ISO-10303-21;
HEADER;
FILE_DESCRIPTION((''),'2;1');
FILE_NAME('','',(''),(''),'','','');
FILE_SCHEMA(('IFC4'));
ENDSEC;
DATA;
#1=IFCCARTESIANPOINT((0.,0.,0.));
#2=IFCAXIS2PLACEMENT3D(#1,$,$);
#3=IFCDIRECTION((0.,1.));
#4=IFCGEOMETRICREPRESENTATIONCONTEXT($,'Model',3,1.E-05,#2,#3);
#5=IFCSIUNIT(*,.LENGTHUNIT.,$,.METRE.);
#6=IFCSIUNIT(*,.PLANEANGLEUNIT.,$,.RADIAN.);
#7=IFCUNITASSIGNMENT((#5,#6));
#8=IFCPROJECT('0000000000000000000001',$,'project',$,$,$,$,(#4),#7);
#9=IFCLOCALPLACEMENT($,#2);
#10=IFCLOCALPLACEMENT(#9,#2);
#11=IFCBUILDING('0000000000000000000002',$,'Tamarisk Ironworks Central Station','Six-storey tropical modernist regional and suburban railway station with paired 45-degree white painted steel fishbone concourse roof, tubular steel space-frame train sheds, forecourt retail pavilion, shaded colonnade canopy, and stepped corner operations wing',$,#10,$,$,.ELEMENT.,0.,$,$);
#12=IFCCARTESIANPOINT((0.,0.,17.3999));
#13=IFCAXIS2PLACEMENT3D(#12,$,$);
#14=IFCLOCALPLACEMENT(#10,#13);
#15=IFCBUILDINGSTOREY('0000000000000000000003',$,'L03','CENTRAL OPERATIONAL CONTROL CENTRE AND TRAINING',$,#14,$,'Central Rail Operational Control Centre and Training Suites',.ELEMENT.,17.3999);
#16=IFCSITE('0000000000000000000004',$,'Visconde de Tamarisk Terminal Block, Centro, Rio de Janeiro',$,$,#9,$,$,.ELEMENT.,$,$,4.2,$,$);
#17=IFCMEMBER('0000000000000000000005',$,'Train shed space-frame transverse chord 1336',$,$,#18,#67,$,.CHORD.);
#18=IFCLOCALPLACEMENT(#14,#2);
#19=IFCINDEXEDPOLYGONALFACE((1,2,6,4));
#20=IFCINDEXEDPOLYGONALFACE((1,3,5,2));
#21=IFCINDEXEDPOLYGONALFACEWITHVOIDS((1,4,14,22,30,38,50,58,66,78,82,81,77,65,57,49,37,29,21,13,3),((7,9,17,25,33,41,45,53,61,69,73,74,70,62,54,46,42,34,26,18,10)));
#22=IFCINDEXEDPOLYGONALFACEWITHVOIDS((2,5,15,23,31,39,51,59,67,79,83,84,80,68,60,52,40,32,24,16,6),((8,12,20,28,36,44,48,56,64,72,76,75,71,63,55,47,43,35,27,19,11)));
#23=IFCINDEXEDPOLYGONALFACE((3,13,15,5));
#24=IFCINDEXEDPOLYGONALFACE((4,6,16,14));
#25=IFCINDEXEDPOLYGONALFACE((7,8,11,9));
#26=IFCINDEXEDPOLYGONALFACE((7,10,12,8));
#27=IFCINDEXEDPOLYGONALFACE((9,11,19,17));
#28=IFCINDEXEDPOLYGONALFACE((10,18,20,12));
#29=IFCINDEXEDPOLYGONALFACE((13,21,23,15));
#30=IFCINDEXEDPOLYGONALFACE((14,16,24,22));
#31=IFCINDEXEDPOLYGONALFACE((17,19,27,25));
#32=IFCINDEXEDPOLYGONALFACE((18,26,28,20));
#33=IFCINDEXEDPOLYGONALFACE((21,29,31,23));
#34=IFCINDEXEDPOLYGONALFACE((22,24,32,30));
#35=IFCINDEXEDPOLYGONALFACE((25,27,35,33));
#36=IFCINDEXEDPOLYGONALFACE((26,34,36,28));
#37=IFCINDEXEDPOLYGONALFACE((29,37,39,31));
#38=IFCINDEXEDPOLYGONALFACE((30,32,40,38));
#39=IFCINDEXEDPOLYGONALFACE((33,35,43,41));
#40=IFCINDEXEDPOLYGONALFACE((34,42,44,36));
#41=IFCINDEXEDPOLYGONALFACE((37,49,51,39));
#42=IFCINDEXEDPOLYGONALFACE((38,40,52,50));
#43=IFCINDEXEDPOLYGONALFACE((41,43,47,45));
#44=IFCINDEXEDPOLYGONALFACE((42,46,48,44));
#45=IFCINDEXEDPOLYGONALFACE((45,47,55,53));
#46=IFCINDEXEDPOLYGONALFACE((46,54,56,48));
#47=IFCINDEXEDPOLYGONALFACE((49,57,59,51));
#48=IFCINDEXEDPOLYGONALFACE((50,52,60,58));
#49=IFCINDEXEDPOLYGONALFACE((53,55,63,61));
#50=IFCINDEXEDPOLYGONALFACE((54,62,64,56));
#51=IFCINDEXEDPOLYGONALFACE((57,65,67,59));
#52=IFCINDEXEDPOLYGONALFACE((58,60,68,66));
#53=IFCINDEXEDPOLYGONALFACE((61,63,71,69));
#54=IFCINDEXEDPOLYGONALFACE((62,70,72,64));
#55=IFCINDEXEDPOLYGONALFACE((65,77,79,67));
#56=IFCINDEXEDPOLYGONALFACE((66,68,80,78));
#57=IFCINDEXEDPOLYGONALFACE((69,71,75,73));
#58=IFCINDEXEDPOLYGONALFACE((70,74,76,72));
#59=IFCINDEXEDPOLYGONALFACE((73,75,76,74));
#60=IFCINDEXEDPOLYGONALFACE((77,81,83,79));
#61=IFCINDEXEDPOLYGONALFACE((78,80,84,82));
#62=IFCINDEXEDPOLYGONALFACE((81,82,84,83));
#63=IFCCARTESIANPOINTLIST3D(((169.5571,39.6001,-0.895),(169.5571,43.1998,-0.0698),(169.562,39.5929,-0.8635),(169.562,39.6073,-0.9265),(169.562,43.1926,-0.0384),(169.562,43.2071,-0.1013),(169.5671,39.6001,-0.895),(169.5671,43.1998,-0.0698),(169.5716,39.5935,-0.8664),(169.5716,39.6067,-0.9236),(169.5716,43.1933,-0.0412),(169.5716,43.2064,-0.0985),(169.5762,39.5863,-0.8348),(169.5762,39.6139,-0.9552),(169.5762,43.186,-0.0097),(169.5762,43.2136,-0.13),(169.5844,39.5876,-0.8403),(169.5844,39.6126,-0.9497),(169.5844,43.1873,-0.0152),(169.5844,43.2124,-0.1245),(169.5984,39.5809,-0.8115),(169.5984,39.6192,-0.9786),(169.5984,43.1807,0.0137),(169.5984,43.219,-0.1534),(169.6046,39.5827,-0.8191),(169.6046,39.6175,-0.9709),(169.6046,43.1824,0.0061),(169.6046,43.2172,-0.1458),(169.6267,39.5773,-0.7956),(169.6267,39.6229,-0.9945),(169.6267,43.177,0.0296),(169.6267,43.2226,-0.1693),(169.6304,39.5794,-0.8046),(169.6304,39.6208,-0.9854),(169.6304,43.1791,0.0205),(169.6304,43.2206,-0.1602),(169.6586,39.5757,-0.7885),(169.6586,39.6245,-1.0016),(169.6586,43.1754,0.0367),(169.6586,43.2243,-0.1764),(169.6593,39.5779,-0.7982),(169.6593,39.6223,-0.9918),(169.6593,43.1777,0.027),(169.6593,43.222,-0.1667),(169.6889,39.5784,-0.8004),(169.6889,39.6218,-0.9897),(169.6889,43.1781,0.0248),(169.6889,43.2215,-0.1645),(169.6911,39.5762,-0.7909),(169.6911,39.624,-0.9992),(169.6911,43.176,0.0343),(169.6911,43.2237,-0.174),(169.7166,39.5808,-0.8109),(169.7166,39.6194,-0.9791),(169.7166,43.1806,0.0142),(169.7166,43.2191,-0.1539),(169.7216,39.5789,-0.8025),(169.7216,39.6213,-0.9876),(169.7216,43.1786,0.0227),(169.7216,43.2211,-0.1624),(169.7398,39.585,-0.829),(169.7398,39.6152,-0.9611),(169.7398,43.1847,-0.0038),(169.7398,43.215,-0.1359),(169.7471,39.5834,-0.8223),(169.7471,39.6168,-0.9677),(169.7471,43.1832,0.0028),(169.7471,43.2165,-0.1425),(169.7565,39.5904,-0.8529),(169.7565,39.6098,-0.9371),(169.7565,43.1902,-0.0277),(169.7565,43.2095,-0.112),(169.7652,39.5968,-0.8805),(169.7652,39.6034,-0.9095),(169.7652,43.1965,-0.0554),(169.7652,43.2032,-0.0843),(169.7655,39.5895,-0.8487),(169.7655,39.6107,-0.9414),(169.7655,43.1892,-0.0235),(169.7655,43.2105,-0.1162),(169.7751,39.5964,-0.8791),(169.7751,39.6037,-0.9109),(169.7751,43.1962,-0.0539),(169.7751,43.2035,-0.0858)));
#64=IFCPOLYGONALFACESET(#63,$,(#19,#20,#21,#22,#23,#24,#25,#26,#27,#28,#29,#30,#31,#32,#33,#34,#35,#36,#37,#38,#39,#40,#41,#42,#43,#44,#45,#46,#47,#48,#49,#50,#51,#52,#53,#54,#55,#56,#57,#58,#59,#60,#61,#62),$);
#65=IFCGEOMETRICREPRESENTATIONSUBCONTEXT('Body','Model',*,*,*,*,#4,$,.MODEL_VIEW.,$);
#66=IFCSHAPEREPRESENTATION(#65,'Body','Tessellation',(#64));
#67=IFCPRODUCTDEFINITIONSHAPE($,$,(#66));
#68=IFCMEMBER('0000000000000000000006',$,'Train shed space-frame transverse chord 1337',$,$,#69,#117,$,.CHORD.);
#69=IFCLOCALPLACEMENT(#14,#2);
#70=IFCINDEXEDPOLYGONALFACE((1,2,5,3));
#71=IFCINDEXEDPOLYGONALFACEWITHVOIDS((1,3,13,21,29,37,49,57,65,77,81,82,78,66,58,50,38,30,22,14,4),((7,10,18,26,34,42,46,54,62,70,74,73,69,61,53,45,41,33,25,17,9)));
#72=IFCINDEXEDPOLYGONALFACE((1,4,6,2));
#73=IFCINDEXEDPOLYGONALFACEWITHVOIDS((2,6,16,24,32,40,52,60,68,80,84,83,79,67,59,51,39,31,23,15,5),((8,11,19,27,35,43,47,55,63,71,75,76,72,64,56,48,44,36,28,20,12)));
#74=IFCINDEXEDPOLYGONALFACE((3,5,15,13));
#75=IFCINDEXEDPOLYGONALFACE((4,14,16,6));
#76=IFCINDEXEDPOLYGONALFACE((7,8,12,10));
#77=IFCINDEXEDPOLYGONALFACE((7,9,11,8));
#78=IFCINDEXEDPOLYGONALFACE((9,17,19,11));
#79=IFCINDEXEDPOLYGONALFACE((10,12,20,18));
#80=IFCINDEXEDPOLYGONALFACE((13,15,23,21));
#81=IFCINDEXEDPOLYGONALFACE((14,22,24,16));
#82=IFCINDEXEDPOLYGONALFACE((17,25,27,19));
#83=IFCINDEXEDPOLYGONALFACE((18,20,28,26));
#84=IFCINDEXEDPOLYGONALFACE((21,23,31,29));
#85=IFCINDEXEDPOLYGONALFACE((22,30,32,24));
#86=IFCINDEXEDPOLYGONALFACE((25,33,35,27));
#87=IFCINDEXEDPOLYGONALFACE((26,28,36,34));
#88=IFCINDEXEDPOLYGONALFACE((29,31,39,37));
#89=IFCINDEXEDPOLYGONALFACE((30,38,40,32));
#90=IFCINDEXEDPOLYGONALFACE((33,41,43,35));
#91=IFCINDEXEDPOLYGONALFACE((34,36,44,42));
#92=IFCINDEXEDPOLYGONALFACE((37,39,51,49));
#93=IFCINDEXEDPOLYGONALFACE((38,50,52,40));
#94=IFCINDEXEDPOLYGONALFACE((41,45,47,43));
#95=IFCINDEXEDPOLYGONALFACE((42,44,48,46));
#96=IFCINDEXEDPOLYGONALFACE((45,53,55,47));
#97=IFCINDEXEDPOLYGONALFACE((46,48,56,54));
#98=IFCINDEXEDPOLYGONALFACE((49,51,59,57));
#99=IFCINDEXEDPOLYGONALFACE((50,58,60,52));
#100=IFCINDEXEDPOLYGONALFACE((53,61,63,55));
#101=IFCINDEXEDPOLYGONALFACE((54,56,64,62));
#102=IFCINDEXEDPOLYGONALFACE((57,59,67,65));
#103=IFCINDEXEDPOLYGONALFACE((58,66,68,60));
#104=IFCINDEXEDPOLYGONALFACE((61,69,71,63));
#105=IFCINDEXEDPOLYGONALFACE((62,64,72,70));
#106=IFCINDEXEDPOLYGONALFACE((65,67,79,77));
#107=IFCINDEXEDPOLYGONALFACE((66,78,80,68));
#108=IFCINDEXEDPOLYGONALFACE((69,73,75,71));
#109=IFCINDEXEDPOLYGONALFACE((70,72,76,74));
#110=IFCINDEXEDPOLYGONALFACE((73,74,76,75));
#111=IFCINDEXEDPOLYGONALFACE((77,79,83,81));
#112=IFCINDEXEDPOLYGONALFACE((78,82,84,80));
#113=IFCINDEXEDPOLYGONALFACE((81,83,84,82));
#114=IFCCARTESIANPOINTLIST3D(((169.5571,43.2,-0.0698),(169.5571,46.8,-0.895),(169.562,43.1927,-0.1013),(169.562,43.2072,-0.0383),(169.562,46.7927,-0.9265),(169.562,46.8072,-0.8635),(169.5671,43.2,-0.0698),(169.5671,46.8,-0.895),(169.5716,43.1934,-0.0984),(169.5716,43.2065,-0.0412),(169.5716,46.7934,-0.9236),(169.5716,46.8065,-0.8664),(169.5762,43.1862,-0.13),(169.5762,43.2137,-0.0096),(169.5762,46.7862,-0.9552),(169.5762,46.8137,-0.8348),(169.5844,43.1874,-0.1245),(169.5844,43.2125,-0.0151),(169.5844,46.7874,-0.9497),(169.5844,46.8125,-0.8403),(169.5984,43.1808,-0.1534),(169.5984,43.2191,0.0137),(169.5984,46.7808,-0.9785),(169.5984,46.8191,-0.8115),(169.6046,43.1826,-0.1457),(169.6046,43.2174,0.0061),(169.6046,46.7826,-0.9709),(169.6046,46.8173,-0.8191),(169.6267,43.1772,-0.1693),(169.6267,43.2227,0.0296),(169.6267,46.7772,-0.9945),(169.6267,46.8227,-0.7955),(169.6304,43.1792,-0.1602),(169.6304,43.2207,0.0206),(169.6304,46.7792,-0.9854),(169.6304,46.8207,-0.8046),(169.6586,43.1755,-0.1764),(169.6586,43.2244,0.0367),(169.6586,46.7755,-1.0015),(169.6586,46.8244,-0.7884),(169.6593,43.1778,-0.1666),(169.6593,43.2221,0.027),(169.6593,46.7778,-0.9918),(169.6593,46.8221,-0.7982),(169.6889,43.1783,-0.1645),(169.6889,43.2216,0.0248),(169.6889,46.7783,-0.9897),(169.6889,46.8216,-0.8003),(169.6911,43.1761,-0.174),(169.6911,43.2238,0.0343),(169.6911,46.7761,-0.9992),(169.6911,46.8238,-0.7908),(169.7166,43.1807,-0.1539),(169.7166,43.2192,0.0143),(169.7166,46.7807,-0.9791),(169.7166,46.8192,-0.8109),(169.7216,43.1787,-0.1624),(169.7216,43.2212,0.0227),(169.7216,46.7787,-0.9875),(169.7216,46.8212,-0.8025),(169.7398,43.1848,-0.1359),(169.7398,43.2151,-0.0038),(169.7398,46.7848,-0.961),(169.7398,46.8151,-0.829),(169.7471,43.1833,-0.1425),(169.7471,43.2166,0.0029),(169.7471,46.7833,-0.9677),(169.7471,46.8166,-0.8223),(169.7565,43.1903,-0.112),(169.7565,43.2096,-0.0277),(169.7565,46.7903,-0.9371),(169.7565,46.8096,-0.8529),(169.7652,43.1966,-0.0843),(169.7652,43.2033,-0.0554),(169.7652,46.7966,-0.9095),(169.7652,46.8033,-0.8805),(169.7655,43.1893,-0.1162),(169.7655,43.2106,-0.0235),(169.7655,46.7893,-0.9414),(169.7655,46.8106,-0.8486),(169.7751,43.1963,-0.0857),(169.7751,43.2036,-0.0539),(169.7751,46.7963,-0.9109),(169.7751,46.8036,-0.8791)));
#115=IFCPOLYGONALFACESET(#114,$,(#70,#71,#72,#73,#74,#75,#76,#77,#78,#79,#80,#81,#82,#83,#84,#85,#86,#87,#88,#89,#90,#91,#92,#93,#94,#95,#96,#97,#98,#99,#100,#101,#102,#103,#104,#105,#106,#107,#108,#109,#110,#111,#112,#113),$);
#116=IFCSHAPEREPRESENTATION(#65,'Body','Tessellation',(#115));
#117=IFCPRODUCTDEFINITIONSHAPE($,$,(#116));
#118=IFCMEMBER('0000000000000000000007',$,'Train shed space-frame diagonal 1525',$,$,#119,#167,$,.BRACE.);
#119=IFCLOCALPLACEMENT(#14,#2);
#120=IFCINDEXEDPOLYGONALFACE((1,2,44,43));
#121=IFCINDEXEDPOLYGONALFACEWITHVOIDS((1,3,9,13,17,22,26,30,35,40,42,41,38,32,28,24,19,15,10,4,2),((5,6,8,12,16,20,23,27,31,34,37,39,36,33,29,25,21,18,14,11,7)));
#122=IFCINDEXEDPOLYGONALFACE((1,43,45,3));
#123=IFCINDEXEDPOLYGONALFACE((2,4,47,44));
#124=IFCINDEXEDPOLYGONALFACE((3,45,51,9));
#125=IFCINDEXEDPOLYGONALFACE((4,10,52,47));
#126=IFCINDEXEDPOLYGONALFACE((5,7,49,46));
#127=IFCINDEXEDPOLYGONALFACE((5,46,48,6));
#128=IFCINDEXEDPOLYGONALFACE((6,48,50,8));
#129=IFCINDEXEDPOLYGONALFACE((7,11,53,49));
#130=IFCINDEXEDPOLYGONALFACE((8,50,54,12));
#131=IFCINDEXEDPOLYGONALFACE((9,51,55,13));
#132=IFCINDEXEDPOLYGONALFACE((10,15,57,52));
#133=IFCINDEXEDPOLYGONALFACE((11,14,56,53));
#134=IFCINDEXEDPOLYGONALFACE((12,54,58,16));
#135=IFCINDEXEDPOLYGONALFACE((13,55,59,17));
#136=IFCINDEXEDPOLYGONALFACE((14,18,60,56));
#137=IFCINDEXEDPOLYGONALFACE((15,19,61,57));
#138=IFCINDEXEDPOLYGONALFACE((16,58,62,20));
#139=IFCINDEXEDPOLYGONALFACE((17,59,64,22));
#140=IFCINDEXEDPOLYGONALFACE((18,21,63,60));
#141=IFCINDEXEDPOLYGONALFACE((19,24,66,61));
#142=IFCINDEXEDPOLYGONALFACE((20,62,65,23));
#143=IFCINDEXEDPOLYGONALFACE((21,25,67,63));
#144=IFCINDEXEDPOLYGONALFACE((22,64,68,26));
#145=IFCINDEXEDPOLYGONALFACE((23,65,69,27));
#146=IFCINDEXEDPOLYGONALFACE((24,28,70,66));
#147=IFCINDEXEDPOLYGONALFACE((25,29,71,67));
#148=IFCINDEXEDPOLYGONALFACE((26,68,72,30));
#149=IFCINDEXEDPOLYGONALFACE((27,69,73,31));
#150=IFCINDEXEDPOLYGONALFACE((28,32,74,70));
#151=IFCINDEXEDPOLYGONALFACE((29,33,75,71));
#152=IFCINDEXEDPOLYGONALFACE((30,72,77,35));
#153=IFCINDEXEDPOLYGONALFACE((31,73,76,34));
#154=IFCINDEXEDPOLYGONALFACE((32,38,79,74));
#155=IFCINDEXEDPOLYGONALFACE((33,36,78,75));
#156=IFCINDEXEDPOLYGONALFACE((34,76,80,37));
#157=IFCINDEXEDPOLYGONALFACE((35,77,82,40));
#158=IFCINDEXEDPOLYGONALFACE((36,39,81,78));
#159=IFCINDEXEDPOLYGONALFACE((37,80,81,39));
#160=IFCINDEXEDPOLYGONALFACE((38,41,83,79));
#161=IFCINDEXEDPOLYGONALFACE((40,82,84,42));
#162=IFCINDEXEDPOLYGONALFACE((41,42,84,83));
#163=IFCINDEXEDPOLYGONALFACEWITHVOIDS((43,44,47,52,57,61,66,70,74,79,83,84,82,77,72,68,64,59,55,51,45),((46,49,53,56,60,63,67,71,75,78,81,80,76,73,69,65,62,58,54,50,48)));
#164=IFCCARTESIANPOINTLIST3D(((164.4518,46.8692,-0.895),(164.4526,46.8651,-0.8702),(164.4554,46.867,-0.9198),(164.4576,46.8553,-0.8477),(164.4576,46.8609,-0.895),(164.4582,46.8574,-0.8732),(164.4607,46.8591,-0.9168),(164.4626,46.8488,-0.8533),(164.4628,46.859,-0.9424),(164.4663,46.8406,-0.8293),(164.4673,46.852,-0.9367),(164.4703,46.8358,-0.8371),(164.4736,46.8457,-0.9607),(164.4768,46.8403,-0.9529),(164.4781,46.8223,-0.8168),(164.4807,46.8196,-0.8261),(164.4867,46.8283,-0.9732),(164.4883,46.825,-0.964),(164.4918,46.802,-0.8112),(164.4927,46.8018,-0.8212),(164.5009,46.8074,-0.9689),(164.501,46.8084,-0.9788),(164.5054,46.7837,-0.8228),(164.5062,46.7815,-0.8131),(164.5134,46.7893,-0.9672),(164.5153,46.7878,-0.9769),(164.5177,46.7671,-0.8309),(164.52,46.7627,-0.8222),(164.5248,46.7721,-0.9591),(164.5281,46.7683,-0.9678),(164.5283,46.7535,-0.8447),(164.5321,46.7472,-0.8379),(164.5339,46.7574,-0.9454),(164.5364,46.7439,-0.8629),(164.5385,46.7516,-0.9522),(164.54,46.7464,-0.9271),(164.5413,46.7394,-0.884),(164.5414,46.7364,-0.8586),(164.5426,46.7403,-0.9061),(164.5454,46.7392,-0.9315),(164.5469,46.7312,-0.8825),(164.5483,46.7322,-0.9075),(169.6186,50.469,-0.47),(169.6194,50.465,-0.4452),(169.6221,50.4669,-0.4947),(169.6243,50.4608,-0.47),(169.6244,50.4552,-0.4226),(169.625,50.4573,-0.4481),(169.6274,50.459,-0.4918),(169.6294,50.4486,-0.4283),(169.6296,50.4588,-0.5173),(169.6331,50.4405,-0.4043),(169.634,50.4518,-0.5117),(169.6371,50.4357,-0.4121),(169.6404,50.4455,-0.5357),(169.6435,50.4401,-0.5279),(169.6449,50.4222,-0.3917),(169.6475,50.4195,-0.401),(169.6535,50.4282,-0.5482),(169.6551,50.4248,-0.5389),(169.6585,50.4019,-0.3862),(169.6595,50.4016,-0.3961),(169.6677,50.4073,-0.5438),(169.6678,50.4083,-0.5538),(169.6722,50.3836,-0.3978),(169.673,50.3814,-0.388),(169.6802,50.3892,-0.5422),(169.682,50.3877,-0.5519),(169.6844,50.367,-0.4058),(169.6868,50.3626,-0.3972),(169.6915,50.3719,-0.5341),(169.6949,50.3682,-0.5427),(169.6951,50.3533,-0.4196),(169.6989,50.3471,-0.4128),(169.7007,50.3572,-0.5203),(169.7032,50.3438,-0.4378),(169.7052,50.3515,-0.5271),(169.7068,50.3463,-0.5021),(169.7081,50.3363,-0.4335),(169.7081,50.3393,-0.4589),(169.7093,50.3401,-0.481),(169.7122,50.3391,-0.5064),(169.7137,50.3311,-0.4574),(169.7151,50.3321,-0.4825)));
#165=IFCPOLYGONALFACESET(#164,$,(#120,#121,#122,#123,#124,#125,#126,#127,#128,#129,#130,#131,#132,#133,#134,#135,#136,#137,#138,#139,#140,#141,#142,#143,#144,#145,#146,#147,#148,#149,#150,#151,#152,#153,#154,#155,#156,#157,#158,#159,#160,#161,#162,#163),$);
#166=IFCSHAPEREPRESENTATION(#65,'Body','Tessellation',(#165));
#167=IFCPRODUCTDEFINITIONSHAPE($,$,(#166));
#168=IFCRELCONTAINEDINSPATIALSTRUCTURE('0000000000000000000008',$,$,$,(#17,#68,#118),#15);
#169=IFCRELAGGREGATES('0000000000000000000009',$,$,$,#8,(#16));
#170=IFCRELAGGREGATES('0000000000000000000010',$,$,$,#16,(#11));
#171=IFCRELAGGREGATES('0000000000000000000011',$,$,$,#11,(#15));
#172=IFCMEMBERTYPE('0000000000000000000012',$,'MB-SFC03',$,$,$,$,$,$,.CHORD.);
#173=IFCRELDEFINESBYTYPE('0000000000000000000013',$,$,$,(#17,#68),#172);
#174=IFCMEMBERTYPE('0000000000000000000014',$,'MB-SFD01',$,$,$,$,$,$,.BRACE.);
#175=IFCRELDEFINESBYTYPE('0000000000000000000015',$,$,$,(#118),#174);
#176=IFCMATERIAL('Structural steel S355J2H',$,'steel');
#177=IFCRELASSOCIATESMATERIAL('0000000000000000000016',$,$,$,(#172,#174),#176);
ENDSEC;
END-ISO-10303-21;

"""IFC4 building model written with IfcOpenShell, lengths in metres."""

from ifc_helpers import new_model, si_unit, direction, frame, origin, origin_2d, place, context, subcontext, project, spatial, hollow_circle, extrude, material, material_profile, profile_set, type_object, element, save


model = new_model("IFC4")

# Units and contexts
model_context = context("Model", 3, precision=1e-05, world=origin(), true_north=direction((0.0, 1.0)))
body_context = subcontext(model_context, "Body", "Model", "MODEL_VIEW")
ifc_project = project(units=[si_unit("LENGTHUNIT", "METRE"), si_unit("PLANEANGLEUNIT", "RADIAN")], contexts=[model_context])

# Site, building, storey
site_placement = place(None, origin())
site = spatial("IfcSite", under=ifc_project, at=site_placement, Name="Visconde de Tamarisk Terminal Block, Centro, Rio de Janeiro", CompositionType="ELEMENT", RefElevation=4.2)
building_placement = place(site_placement, origin())
building = spatial("IfcBuilding", under=site, at=building_placement, Name="Tamarisk Ironworks Central Station", Description="Six-storey tropical modernist regional and suburban railway station with paired 45-degree white painted steel fishbone concourse roof, tubular steel space-frame train sheds, forecourt retail pavilion, shaded colonnade canopy, and stepped corner operations wing", CompositionType="ELEMENT", ElevationOfRefHeight=0.0)
storey_placement = place(building_placement, frame((0.0, 0.0, 17.3999)))
storey = spatial("IfcBuildingStorey", under=building, at=storey_placement, Name="L03", Description="CENTRAL OPERATIONAL CONTROL CENTRE AND TRAINING", LongName="Central Rail Operational Control Centre and Training Suites", CompositionType="ELEMENT", Elevation=17.3999)

# Members
ifc_material = material(Name="Structural steel S355J2H", Category="steel")
ifc_material_profile_1 = material_profile(ifc_material, hollow_circle(Radius=0.1096, WallThickness=0.01, at=origin_2d()), Name="CHS 219.1x10")
ifc_profile_set_1 = profile_set([ifc_material_profile_1], Name="Structural steel S355J2H")
member_type_1 = type_object("IfcMemberType", Name="MB-SFC03", PredefinedType="CHORD", material=ifc_profile_set_1)
for number, where, z_axis, x_axis, name in (
    (1, (169.6667, 39.6001, -0.895), (0.0, 0.974719, 0.223435), (-1.0, 0.0, 0.0), "Train shed space-frame transverse chord 1336"),
):
    element("IfcMember", number, at=place(storey_placement, frame(where, z_axis=z_axis, x_axis=x_axis)), inside=storey, type_object=member_type_1, Name=name, PredefinedType="CHORD", context=body_context, shape_type="SweptSolid", body=[
        extrude(hollow_circle(Radius=0.1096, WallThickness=0.01, at=origin_2d()), origin(), (0.0, 0.0, 1.0), 3.6931),
    ])
member_1_placement = place(storey_placement, frame((169.6667, 43.2, -0.0698), z_axis=(0.0, 0.974722, -0.223421), x_axis=(-1.0, 0.0, 0.0)))
element("IfcMember", 2, at=member_1_placement, inside=storey, type_object=member_type_1, Name="Train shed space-frame transverse chord 1337", PredefinedType="CHORD", context=body_context, shape_type="SweptSolid", body=[
    extrude(hollow_circle(Radius=0.1096, WallThickness=0.01, at=origin_2d()), origin(), (0.0, 0.0, 1.0), 3.6934),
])
ifc_material_profile_2 = material_profile(ifc_material, hollow_circle(Radius=0.0842, WallThickness=0.01, at=origin_2d()), Name="CHS 168.3x10")
ifc_profile_set_2 = profile_set([ifc_material_profile_2], Name="Structural steel S355J2H")
member_type_2 = type_object("IfcMemberType", Name="MB-SFD01", PredefinedType="BRACE", material=ifc_profile_set_2)
for number, where, z_axis, x_axis, name in (
    (3, (164.5, 46.8, -0.895), (0.818626, 0.570365, 0.067345), (-0.571663, 0.820489, 0.0), "Train shed space-frame diagonal 1525"),
):
    element("IfcMember", number, at=place(storey_placement, frame(where, z_axis=z_axis, x_axis=x_axis)), inside=storey, type_object=member_type_2, Name=name, PredefinedType="BRACE", context=body_context, shape_type="SweptSolid", body=[
        extrude(hollow_circle(Radius=0.0842, WallThickness=0.01, at=origin_2d()), origin(), (0.0, 0.0, 1.0), 6.3115),
    ])

save(model, "model.ifc")
